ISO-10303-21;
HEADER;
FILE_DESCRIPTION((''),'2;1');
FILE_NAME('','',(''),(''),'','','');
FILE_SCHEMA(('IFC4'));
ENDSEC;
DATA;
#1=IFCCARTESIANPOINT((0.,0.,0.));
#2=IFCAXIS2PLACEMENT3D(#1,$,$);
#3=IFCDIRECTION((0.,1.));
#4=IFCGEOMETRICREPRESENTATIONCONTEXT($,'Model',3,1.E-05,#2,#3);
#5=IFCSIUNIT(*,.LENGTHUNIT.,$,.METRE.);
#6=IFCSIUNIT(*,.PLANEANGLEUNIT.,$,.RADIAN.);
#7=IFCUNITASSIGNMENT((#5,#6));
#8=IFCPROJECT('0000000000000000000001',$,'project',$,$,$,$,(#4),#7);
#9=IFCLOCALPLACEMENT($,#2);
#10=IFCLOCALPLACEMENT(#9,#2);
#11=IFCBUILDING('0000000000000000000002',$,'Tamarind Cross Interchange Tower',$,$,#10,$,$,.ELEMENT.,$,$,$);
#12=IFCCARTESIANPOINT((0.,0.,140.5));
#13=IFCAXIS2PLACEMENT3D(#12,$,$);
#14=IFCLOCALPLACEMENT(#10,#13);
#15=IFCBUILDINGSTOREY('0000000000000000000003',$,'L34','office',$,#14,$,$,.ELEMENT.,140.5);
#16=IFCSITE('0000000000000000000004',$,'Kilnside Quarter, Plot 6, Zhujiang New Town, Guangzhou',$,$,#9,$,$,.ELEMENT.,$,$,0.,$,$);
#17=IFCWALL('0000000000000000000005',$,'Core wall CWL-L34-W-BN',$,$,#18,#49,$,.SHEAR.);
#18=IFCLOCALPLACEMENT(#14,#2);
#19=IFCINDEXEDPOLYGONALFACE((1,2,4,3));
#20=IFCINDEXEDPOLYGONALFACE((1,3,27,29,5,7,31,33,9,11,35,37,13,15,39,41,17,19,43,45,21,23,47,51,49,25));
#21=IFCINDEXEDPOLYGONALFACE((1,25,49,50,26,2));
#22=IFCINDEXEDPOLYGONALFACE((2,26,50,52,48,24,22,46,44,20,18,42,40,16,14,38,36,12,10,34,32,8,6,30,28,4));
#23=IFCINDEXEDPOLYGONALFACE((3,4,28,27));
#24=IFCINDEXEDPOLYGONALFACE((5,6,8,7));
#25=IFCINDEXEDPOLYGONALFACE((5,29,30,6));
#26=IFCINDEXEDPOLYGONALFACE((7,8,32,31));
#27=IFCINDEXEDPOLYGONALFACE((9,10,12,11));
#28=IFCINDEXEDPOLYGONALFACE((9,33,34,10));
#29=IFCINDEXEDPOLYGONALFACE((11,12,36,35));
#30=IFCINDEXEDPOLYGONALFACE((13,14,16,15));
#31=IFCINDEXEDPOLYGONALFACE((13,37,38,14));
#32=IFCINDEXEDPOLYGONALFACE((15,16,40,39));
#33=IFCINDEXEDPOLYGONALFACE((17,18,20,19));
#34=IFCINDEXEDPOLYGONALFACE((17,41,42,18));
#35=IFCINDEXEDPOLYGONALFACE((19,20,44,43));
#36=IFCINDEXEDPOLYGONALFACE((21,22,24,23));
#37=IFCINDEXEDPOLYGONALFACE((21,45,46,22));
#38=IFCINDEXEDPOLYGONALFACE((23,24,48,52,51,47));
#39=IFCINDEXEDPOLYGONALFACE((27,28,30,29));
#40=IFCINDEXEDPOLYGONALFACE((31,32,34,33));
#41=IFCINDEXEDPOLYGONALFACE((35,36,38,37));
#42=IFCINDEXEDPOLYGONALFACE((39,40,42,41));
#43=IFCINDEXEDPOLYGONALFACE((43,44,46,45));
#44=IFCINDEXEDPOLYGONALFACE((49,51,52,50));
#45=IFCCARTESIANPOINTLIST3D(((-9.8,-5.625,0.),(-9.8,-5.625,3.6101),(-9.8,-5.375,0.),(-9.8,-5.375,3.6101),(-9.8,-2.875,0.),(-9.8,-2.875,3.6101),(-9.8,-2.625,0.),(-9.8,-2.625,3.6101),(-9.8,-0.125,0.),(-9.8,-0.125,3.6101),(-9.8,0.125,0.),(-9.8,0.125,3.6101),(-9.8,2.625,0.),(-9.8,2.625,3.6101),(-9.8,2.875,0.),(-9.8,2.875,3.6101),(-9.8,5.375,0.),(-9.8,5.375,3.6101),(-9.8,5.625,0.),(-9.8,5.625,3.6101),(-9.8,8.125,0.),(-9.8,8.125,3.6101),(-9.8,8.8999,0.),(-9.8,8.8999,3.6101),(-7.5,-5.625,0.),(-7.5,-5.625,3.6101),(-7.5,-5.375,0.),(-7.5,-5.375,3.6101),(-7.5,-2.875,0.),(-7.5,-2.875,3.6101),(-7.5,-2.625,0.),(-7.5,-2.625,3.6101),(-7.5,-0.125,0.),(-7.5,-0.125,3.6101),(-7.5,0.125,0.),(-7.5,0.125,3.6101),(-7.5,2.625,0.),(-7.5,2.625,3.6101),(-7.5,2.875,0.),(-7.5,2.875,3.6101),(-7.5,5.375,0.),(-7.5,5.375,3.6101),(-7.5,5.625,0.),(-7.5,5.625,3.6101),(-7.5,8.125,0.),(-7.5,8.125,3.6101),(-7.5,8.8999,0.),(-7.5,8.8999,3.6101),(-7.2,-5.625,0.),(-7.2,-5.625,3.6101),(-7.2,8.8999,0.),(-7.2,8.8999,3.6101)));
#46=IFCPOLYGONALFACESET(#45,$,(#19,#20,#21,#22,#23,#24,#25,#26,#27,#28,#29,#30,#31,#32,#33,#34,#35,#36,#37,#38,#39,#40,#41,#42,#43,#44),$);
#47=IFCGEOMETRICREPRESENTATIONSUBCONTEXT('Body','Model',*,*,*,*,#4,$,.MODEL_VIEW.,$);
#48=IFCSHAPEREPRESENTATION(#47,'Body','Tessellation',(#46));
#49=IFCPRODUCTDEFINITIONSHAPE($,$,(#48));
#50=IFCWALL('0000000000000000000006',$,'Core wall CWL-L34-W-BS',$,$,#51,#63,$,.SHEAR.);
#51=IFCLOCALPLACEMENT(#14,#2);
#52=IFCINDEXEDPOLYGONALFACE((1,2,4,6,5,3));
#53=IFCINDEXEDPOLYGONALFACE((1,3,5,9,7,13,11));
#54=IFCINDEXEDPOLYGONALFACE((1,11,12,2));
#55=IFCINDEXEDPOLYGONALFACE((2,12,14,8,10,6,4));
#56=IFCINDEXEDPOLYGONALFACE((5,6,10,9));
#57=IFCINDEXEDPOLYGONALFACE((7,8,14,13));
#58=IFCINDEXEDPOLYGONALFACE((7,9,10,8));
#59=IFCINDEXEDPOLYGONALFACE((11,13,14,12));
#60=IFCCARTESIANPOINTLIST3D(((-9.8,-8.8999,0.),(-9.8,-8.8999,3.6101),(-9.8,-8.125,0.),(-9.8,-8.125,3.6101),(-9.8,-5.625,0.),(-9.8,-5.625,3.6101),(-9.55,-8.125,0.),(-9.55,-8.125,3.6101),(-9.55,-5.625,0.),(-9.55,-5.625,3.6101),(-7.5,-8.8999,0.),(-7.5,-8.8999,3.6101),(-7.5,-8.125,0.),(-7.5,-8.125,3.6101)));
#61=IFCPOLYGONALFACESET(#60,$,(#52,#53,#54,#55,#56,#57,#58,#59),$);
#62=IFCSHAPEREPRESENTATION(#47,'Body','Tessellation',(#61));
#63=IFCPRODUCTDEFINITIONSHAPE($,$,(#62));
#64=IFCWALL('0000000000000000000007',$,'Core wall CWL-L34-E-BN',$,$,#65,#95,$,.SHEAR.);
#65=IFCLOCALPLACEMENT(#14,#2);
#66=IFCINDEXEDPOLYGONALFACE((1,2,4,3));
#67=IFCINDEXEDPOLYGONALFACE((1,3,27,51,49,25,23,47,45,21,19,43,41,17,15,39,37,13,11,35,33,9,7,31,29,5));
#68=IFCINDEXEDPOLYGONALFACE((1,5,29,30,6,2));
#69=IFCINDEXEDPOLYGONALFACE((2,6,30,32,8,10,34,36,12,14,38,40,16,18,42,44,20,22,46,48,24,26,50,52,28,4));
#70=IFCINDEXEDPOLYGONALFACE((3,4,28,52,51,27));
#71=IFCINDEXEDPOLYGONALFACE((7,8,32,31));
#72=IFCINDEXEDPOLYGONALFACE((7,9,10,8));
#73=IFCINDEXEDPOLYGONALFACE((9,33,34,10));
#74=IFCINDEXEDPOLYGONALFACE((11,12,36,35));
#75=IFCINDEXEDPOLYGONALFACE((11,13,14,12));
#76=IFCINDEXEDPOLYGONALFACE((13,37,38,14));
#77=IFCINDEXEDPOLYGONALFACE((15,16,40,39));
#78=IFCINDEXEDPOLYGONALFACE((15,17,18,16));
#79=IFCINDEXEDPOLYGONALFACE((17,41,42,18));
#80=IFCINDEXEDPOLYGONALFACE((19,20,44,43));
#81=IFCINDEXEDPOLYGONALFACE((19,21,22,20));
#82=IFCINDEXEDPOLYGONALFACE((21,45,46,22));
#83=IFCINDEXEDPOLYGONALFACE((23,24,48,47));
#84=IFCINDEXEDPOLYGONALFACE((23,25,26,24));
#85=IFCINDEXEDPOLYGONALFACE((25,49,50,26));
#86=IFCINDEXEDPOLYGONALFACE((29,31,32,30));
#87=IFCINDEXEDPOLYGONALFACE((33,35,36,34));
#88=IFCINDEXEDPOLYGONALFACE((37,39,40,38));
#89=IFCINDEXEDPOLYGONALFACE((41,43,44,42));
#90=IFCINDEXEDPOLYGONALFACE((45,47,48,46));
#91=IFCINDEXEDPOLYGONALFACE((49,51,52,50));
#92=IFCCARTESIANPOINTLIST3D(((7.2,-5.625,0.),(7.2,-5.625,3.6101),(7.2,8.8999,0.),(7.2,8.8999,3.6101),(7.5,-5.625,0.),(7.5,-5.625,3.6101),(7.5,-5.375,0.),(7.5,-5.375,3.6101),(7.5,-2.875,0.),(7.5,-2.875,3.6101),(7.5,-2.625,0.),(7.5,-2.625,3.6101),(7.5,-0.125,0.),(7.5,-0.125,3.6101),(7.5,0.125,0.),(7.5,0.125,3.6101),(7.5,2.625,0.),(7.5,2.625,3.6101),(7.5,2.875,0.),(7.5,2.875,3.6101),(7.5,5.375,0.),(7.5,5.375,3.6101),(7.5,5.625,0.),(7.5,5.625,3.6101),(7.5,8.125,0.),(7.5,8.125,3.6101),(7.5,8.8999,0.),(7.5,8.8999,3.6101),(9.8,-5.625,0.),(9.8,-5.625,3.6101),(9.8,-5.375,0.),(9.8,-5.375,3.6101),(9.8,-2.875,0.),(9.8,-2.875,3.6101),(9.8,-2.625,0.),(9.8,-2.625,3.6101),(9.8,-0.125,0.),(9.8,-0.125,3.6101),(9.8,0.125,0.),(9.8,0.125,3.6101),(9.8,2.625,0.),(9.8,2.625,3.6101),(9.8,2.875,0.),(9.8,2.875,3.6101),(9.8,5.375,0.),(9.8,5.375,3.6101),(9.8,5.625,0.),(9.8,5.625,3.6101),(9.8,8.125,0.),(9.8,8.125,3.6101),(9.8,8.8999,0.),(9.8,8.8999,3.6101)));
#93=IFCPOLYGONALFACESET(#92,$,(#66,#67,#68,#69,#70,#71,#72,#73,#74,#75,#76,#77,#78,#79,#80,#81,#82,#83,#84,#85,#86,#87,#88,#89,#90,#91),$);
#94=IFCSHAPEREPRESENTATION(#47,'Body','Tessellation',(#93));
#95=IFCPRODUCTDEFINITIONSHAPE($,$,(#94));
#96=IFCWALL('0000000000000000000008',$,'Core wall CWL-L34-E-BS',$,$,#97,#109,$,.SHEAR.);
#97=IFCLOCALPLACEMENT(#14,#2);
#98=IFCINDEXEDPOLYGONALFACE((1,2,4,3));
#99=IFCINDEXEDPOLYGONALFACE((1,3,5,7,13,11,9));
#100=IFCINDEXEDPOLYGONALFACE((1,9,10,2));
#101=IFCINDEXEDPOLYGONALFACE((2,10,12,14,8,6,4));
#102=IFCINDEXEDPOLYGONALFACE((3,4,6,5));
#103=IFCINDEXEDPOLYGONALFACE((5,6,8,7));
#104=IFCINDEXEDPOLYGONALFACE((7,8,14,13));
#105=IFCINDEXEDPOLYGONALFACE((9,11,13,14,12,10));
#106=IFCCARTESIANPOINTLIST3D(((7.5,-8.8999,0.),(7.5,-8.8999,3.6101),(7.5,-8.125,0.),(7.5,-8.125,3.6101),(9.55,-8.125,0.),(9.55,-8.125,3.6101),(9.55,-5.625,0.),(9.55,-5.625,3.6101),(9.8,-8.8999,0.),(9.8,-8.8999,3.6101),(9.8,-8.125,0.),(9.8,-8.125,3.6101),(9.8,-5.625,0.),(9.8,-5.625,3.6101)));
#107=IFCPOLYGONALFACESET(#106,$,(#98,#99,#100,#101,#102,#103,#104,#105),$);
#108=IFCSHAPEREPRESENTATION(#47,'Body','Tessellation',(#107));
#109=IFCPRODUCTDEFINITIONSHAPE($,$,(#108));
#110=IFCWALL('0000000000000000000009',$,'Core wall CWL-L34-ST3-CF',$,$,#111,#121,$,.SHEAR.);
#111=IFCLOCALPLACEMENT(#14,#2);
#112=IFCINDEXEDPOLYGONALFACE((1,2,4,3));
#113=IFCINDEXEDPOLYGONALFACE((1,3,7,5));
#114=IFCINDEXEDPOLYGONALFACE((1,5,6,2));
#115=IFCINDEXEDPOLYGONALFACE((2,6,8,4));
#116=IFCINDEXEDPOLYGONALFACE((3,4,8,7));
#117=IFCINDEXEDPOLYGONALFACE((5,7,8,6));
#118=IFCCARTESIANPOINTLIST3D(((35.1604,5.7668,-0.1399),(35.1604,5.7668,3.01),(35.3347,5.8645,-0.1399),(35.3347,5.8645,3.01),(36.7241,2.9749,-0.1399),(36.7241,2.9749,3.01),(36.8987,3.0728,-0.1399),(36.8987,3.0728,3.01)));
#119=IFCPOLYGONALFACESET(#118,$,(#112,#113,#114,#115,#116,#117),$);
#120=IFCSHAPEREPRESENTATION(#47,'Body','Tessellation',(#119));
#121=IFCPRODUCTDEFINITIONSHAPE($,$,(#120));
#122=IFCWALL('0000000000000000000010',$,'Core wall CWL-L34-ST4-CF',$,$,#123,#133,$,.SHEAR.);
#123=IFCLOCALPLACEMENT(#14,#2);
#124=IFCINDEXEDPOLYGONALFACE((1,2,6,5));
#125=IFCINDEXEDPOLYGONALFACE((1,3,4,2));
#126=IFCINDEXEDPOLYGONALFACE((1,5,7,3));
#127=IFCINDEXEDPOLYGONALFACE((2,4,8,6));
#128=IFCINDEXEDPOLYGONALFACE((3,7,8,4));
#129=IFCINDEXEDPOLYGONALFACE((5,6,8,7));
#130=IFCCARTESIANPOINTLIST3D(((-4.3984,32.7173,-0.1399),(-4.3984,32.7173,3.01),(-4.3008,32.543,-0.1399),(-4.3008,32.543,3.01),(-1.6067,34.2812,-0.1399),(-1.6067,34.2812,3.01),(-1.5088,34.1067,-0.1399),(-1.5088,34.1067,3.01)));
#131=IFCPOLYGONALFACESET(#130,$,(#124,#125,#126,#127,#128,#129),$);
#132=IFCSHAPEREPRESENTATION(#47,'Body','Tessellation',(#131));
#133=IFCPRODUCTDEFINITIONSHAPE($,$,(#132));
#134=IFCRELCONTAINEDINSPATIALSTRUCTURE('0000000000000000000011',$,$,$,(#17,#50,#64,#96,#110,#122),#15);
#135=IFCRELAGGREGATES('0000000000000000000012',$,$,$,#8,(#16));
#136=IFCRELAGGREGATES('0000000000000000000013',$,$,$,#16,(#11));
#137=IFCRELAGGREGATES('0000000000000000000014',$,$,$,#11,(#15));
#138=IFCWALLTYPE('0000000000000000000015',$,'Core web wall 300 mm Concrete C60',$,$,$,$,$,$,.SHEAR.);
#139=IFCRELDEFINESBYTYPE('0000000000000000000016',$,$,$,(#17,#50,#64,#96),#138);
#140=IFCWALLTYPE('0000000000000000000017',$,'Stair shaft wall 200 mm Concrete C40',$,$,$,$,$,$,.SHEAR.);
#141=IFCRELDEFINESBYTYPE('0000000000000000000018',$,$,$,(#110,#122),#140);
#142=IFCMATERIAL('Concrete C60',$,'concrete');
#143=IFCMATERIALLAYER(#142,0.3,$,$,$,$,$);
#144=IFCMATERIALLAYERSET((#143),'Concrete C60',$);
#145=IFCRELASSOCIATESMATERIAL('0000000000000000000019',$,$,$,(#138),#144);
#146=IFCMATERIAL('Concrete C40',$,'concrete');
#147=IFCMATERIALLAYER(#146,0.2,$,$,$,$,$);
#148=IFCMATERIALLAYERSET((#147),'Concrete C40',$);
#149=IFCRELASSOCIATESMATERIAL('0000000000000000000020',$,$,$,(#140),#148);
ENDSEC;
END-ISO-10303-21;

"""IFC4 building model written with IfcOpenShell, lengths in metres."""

from ifc_helpers import new_model, si_unit, direction, frame, origin, place, context, subcontext, project, spatial, polyline, outline, extrude, material, layer, layer_set, type_object, element, save


model = new_model("IFC4")

# Units and contexts
model_context = context("Model", 3, precision=1e-05, world=origin(), true_north=direction((0.0, 1.0)))
body_context = subcontext(model_context, "Body", "Model", "MODEL_VIEW")
ifc_project = project(units=[si_unit("LENGTHUNIT", "METRE"), si_unit("PLANEANGLEUNIT", "RADIAN")], contexts=[model_context])

# Site, building, storey
site_placement = place(None, origin())
site = spatial("IfcSite", under=ifc_project, at=site_placement, Name="Kilnside Quarter, Plot 6, Zhujiang New Town, Guangzhou", CompositionType="ELEMENT", RefElevation=0.0)
building_placement = place(site_placement, origin())
building = spatial("IfcBuilding", under=site, at=building_placement, Name="Tamarind Cross Interchange Tower", CompositionType="ELEMENT")
storey_placement = place(building_placement, frame((0.0, 0.0, 140.5)))
storey = spatial("IfcBuildingStorey", under=building, at=storey_placement, Name="L34", Description="office", CompositionType="ELEMENT", Elevation=140.5)

# Shared definitions
ifc_material_1 = material(Name="Concrete C40", Category="concrete")

# Walls
ifc_material_2 = material(Name="Concrete C60", Category="concrete")
ifc_layer_1 = layer(ifc_material_2, 0.3)
ifc_layer_set_1 = layer_set([ifc_layer_1], Name="Concrete C60")
wall_type_1 = type_object("IfcWallType", Name="Core web wall 300 mm Concrete C60", PredefinedType="SHEAR", material=ifc_layer_set_1)
wall_1_placement = place(storey_placement, origin())
element("IfcWall", 1, at=wall_1_placement, inside=storey, type_object=wall_type_1, Name="Core wall CWL-L34-W-BN", PredefinedType="SHEAR", context=body_context, shape_type="SweptSolid", body=[
    extrude(outline(polyline([(-9.8, -5.375), (-9.8, -5.625), (-7.5, -5.625), (-7.2, -5.625), (-7.2, 8.8999), (-7.5, 8.8999), (-9.8, 8.8999), (-9.8, 8.125), (-7.5, 8.125), (-7.5, 5.625), (-9.8, 5.625), (-9.8, 5.375), (-7.5, 5.375), (-7.5, 2.875), (-9.8, 2.875), (-9.8, 2.625), (-7.5, 2.625), (-7.5, 0.125), (-9.8, 0.125), (-9.8, -0.125), (-7.5, -0.125), (-7.5, -2.625), (-9.8, -2.625), (-9.8, -2.875), (-7.5, -2.875), (-7.5, -5.375), (-9.8, -5.375)])), origin(), (0.0, 0.0, 1.0), 3.6101),
])
wall_2_placement = place(storey_placement, origin())
element("IfcWall", 2, at=wall_2_placement, inside=storey, type_object=wall_type_1, Name="Core wall CWL-L34-W-BS", PredefinedType="SHEAR", context=body_context, shape_type="SweptSolid", body=[
    extrude(outline(polyline([(-7.5, -8.125), (-9.55, -8.125), (-9.55, -5.625), (-9.8, -5.625), (-9.8, -8.125), (-9.8, -8.8999), (-7.5, -8.8999), (-7.5, -8.125)])), origin(), (0.0, 0.0, 1.0), 3.6101),
])
wall_3_placement = place(storey_placement, origin())
element("IfcWall", 3, at=wall_3_placement, inside=storey, type_object=wall_type_1, Name="Core wall CWL-L34-E-BN", PredefinedType="SHEAR", context=body_context, shape_type="SweptSolid", body=[
    extrude(outline(polyline([(9.8, -5.375), (7.5, -5.375), (7.5, -2.875), (9.8, -2.875), (9.8, -2.625), (7.5, -2.625), (7.5, -0.125), (9.8, -0.125), (9.8, 0.125), (7.5, 0.125), (7.5, 2.625), (9.8, 2.625), (9.8, 2.875), (7.5, 2.875), (7.5, 5.375), (9.8, 5.375), (9.8, 5.625), (7.5, 5.625), (7.5, 8.125), (9.8, 8.125), (9.8, 8.8999), (7.5, 8.8999), (7.2, 8.8999), (7.2, -5.625), (7.5, -5.625), (9.8, -5.625), (9.8, -5.375)])), origin(), (0.0, 0.0, 1.0), 3.6101),
])
wall_4_placement = place(storey_placement, origin())
element("IfcWall", 4, at=wall_4_placement, inside=storey, type_object=wall_type_1, Name="Core wall CWL-L34-E-BS", PredefinedType="SHEAR", context=body_context, shape_type="SweptSolid", body=[
    extrude(outline(polyline([(7.5, -8.125), (7.5, -8.8999), (9.8, -8.8999), (9.8, -8.125), (9.8, -5.625), (9.55, -5.625), (9.55, -8.125), (7.5, -8.125)])), origin(), (0.0, 0.0, 1.0), 3.6101),
])
ifc_layer_2 = layer(ifc_material_1, 0.2)
ifc_layer_set_2 = layer_set([ifc_layer_2], Name="Concrete C40")
wall_type_2 = type_object("IfcWallType", Name="Stair shaft wall 200 mm Concrete C40", PredefinedType="SHEAR", material=ifc_layer_set_2)
wall_5_placement = place(storey_placement, frame((0.0, 0.0, -0.1399)))
element("IfcWall", 5, at=wall_5_placement, inside=storey, type_object=wall_type_2, Name="Core wall CWL-L34-ST3-CF", PredefinedType="SHEAR", context=body_context, shape_type="SweptSolid", body=[
    extrude(outline(polyline([(36.7241, 2.9749), (36.8987, 3.0728), (35.3347, 5.8645), (35.1604, 5.7668), (36.7241, 2.9749)])), origin(), (0.0, 0.0, 1.0), 3.1499),
])
wall_6_placement = place(storey_placement, frame((0.0, 0.0, -0.1399)))
element("IfcWall", 6, at=wall_6_placement, inside=storey, type_object=wall_type_2, Name="Core wall CWL-L34-ST4-CF", PredefinedType="SHEAR", context=body_context, shape_type="SweptSolid", body=[
    extrude(outline(polyline([(-1.5088, 34.1067), (-1.6067, 34.2812), (-4.3984, 32.7173), (-4.3008, 32.543), (-1.5088, 34.1067)])), origin(), (0.0, 0.0, 1.0), 3.1499),
])

save(model, "model.ifc")
